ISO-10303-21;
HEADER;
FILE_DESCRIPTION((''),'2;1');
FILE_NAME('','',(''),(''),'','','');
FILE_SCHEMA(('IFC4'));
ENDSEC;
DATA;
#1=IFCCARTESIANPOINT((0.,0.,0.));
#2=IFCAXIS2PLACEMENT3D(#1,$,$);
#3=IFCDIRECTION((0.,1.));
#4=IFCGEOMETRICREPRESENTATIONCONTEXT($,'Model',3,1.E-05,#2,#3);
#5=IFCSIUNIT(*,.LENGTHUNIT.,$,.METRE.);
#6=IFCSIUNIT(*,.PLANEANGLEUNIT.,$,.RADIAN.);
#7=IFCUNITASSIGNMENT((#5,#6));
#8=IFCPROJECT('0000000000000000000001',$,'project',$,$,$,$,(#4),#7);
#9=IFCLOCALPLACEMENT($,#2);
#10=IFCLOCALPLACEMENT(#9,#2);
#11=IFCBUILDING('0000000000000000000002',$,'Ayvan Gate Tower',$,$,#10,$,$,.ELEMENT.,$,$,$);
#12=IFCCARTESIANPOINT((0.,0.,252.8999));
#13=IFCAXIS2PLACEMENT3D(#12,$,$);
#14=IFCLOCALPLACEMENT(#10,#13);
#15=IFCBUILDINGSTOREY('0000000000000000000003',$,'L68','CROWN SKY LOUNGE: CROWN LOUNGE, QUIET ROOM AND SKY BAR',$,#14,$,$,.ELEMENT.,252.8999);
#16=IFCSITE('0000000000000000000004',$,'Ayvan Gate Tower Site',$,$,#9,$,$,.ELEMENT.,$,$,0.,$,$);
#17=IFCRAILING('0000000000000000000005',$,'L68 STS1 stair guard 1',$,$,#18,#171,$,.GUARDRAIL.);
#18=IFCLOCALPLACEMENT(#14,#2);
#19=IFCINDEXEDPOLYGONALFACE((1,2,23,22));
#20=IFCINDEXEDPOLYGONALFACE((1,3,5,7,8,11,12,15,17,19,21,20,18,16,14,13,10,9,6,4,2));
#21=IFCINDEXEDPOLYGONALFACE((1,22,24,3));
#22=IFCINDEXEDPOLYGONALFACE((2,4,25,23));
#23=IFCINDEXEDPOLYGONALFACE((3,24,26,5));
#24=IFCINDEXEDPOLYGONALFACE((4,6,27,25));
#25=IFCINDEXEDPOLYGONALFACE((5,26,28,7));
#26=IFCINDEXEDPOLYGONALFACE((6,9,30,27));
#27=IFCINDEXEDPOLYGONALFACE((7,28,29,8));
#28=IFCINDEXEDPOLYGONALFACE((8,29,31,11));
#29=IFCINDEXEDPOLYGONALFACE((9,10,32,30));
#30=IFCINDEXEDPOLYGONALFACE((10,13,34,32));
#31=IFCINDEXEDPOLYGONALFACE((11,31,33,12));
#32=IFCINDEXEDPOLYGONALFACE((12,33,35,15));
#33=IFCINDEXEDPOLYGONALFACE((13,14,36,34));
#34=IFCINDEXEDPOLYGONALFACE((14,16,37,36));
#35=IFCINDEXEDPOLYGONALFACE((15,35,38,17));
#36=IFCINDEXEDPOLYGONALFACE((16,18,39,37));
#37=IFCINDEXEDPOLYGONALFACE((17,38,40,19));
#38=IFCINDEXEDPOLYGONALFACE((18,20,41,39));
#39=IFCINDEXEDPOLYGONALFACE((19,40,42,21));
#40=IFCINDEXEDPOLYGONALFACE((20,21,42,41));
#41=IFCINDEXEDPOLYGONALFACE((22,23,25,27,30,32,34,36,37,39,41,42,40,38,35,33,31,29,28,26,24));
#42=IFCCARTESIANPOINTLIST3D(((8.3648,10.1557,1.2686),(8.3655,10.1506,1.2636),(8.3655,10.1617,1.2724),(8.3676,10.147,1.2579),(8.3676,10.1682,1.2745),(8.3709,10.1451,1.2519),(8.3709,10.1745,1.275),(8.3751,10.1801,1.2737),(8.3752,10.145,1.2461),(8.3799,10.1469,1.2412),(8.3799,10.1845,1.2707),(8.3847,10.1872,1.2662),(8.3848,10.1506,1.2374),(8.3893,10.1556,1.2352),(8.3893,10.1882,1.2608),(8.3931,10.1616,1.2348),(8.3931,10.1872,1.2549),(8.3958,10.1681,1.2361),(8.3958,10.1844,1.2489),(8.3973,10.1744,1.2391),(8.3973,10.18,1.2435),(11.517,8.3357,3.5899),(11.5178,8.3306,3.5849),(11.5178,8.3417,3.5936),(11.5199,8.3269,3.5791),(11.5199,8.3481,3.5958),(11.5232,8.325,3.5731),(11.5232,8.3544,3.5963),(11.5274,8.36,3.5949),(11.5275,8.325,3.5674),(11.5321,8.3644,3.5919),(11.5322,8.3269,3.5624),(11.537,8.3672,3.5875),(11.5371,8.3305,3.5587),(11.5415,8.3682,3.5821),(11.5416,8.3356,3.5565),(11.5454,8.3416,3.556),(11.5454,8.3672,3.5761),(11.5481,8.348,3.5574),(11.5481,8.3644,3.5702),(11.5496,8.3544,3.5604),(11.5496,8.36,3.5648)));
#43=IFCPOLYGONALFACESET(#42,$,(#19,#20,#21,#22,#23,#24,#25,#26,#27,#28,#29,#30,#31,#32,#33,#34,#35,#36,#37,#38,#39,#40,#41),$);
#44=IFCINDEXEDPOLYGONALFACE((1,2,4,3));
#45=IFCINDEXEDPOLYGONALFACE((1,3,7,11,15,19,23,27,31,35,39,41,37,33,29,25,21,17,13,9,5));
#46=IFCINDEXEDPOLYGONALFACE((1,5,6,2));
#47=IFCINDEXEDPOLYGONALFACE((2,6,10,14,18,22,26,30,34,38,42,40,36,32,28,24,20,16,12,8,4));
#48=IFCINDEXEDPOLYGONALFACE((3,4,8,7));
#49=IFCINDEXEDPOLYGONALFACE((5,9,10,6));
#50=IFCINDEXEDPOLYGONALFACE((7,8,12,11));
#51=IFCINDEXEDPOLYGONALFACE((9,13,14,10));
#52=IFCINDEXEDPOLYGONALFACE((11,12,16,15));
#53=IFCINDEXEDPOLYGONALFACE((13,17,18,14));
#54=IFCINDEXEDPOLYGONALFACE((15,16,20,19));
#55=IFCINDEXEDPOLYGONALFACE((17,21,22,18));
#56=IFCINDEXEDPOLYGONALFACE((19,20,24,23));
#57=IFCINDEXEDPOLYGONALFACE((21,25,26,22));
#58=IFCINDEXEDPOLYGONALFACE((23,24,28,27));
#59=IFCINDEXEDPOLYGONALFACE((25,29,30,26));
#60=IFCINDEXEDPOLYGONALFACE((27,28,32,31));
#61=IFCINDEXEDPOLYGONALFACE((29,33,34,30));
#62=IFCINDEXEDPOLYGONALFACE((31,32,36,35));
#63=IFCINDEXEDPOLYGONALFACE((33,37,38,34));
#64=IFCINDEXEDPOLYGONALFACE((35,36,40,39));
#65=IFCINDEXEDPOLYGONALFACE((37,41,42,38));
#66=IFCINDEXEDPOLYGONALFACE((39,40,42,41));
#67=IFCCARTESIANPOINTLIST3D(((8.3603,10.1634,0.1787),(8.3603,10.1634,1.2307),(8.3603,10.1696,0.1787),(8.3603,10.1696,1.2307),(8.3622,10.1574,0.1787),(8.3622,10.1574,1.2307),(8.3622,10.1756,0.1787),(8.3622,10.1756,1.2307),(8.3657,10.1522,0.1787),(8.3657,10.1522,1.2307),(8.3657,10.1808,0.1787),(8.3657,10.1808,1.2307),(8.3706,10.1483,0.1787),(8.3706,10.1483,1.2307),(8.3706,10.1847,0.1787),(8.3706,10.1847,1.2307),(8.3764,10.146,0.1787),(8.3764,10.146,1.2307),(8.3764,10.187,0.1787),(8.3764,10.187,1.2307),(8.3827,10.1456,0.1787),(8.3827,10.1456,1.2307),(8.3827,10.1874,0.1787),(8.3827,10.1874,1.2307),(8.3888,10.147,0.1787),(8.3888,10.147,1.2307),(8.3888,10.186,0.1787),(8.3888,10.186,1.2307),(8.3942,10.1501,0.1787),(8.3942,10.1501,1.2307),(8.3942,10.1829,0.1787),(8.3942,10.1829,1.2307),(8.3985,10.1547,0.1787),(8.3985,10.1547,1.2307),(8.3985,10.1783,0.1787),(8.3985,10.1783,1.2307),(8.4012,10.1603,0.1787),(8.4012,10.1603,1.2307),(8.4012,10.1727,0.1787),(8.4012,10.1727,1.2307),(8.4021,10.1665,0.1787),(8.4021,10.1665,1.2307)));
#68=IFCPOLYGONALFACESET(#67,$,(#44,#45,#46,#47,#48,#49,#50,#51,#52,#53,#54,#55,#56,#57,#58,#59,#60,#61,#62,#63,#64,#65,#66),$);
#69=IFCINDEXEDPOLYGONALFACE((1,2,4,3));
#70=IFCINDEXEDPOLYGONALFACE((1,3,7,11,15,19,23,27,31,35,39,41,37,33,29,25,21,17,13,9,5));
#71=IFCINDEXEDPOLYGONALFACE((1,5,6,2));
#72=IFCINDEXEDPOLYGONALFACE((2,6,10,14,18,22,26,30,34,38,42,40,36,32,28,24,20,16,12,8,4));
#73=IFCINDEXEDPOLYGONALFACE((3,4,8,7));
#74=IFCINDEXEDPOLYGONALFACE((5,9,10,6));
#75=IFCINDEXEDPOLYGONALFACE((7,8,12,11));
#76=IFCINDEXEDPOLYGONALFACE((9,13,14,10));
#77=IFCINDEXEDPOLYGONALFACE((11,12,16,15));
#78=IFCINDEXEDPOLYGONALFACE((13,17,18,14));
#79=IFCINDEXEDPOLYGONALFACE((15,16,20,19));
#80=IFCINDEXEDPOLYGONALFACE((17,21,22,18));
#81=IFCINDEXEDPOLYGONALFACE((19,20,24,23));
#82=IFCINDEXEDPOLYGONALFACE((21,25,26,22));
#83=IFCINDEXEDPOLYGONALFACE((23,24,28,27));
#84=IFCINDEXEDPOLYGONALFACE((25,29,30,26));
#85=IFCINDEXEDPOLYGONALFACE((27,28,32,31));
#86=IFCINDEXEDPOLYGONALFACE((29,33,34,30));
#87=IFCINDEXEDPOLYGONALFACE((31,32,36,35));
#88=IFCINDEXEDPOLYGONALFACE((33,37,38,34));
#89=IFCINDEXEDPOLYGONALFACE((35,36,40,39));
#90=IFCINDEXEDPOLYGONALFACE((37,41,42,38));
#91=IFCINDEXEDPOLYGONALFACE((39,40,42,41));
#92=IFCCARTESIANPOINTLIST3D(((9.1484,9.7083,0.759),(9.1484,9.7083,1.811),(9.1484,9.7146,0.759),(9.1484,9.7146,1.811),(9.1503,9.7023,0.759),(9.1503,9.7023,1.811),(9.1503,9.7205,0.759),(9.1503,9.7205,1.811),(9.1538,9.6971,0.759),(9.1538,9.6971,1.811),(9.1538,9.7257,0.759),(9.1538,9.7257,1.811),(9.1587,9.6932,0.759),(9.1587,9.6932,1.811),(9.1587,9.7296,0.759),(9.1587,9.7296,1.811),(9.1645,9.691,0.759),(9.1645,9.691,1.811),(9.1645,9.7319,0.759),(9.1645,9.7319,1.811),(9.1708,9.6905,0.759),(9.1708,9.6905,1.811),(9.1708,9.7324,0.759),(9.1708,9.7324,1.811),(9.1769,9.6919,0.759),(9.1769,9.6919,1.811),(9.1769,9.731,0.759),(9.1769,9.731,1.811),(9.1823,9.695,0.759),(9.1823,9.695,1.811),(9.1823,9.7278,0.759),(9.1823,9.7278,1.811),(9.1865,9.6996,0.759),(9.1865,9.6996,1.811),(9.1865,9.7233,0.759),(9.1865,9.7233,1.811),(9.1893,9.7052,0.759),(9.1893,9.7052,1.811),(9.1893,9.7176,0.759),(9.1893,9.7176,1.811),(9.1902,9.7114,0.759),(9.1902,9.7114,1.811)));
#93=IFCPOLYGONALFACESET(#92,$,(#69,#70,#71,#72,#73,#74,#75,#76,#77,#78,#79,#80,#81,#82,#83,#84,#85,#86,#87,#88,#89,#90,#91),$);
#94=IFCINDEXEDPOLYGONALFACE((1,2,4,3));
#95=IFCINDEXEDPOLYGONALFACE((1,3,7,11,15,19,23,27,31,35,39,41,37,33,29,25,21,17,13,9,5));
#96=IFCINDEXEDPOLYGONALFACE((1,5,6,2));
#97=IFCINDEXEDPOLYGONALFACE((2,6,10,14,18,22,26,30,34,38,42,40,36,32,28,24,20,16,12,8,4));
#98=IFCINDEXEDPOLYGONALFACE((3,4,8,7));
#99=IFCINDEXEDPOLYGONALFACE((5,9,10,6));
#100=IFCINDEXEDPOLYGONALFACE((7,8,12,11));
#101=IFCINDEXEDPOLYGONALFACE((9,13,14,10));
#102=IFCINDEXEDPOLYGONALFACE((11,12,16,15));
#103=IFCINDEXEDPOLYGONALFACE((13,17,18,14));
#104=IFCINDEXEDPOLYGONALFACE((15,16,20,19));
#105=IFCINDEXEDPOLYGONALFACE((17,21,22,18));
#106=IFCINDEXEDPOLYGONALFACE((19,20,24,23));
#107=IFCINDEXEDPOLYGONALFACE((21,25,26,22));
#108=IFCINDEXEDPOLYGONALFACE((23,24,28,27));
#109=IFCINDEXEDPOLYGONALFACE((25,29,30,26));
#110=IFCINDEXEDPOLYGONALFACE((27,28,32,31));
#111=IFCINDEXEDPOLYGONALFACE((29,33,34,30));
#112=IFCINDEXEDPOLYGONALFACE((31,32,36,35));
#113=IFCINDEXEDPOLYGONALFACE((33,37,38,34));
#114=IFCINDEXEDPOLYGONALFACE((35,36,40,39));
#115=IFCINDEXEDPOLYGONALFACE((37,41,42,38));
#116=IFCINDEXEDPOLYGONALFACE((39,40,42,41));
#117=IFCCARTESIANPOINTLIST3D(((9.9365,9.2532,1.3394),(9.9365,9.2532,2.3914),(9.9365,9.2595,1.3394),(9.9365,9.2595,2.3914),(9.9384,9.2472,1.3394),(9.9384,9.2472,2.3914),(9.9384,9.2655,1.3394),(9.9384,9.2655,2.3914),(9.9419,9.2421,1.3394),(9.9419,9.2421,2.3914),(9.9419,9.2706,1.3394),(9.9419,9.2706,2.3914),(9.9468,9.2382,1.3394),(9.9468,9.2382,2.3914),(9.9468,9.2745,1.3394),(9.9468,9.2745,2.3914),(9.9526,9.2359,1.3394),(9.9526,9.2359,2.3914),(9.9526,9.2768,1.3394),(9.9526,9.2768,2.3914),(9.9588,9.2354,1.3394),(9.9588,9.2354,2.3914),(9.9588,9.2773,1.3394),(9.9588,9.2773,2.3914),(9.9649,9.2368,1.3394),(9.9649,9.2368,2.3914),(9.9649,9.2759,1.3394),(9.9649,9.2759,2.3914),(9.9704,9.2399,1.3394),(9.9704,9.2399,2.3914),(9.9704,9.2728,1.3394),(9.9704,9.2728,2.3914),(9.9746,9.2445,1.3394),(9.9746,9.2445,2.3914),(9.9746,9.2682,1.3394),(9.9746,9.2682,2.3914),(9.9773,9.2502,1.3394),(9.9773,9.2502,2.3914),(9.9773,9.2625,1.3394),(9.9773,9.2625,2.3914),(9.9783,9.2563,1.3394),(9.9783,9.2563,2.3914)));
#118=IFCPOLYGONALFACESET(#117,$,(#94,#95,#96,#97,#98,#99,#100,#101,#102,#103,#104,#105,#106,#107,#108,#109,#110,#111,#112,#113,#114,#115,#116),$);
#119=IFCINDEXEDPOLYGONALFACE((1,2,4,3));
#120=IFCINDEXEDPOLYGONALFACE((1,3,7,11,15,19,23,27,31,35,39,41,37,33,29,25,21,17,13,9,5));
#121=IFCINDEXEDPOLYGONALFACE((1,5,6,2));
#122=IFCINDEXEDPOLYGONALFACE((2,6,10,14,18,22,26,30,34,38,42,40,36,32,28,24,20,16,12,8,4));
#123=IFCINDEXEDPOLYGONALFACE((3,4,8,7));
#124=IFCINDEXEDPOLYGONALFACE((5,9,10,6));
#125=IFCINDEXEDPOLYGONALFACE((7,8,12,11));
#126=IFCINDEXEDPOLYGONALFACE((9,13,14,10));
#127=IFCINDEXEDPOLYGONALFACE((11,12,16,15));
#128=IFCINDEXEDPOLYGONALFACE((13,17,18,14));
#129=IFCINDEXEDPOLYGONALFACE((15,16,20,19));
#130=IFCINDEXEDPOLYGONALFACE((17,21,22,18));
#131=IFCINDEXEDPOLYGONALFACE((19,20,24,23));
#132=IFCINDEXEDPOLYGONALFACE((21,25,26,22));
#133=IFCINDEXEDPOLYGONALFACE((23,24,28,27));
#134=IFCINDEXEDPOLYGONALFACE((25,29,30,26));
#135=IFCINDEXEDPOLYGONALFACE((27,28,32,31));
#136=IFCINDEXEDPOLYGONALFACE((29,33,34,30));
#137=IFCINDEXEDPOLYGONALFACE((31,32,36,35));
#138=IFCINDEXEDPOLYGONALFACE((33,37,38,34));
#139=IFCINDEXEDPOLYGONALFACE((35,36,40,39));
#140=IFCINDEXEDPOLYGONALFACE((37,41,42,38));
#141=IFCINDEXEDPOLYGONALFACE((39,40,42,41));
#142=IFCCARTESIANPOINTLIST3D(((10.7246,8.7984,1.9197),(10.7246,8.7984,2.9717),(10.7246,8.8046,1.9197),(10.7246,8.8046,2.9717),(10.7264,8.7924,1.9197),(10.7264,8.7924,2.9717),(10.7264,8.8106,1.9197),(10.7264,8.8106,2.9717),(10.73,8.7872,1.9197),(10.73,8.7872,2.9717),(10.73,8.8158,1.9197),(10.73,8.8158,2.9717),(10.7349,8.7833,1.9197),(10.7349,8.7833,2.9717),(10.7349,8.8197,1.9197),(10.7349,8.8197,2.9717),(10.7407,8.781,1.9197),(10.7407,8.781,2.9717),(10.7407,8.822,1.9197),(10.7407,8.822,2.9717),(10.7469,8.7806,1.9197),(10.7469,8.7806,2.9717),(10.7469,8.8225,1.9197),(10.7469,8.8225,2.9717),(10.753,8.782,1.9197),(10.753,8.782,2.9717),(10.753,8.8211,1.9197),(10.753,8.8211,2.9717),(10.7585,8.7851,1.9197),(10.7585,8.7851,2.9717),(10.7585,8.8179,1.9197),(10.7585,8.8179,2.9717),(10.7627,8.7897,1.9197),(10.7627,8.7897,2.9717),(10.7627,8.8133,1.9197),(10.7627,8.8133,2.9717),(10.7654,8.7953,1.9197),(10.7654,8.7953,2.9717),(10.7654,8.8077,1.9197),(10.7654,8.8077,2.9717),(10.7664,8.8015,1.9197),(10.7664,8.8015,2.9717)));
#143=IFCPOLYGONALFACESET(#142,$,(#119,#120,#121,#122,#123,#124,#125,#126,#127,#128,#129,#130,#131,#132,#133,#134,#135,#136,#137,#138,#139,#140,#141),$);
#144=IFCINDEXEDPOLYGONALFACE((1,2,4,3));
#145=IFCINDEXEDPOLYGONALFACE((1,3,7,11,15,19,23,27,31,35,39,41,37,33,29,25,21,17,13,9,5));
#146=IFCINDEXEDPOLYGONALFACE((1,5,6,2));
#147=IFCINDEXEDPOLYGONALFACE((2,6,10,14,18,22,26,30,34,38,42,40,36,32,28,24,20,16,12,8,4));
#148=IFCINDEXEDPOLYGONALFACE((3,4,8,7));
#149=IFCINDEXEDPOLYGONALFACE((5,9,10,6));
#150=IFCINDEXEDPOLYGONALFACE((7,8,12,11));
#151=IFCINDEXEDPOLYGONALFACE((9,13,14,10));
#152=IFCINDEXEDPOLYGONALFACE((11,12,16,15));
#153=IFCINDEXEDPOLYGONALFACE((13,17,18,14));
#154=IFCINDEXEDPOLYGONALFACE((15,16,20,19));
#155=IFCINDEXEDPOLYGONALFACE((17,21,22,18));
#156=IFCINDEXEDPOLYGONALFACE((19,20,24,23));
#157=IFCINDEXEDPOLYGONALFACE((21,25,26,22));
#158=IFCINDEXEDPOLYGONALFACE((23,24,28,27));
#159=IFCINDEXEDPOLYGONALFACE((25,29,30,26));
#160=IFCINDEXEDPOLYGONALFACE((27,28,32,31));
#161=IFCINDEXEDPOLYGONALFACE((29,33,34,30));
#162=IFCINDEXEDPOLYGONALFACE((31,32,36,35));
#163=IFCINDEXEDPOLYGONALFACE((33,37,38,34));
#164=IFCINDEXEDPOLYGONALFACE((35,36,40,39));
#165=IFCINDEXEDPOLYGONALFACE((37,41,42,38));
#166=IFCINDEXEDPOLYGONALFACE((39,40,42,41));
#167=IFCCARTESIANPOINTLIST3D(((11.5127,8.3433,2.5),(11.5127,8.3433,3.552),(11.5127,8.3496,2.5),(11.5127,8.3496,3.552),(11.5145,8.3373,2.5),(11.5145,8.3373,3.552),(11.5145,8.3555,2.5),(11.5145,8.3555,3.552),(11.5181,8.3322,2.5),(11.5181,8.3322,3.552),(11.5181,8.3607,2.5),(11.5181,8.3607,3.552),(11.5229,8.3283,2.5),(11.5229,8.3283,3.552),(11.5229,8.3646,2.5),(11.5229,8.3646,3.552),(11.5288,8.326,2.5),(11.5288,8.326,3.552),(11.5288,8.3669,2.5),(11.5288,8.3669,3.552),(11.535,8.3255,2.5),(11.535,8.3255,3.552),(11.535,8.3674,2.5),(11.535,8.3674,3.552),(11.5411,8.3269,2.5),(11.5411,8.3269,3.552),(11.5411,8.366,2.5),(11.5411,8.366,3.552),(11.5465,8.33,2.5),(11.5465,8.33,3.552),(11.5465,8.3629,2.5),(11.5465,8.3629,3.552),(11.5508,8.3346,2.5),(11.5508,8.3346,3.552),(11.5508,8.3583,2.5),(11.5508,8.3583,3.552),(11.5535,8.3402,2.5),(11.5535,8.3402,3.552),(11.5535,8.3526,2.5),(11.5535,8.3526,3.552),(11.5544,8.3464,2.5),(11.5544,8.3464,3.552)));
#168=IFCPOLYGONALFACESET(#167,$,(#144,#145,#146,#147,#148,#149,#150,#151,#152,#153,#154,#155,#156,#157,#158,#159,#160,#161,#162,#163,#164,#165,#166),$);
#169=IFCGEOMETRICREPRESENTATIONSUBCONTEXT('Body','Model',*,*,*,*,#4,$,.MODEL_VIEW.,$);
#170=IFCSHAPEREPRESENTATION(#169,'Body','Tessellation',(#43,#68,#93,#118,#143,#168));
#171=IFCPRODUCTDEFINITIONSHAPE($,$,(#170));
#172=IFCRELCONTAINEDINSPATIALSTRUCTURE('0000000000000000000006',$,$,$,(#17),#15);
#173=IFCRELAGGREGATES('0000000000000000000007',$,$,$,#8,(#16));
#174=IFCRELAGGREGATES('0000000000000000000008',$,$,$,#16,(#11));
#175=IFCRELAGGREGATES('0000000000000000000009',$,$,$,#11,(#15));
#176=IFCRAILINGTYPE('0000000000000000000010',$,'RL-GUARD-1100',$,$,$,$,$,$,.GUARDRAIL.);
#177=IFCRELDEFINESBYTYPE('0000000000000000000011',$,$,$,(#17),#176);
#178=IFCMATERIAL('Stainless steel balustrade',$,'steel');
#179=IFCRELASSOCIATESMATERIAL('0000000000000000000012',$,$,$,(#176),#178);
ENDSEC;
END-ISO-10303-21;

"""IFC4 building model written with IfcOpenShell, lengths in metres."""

from ifc_helpers import new_model, si_unit, direction, frame, origin, origin_2d, place, context, subcontext, project, spatial, circle, extrude, material, type_object, element, save


model = new_model("IFC4")

# Units and contexts
model_context = context("Model", 3, precision=1e-05, world=origin(), true_north=direction((0.0, 1.0)))
body_context = subcontext(model_context, "Body", "Model", "MODEL_VIEW")
ifc_project = project(units=[si_unit("LENGTHUNIT", "METRE"), si_unit("PLANEANGLEUNIT", "RADIAN")], contexts=[model_context])

# Site, building, storey
site_placement = place(None, origin())
site = spatial("IfcSite", under=ifc_project, at=site_placement, Name="Ayvan Gate Tower Site", CompositionType="ELEMENT", RefElevation=0.0)
building_placement = place(site_placement, origin())
building = spatial("IfcBuilding", under=site, at=building_placement, Name="Ayvan Gate Tower", CompositionType="ELEMENT")
storey_placement = place(building_placement, frame((0.0, 0.0, 252.8999)))
storey = spatial("IfcBuildingStorey", under=building, at=storey_placement, Name="L68", Description="CROWN SKY LOUNGE: CROWN LOUNGE, QUIET ROOM AND SKY BAR", CompositionType="ELEMENT", Elevation=252.8999)

# Railing
ifc_material_1 = material(Name="Stainless steel balustrade", Category="steel")
railing_type_1 = type_object("IfcRailingType", Name="RL-GUARD-1100", PredefinedType="GUARDRAIL", material=ifc_material_1)
railing_1_placement = place(storey_placement, frame((8.3811, 10.1665, 0.1787)))
element("IfcRailing", 1, at=railing_1_placement, inside=storey, type_object=railing_type_1, Name="L68 STS1 stair guard 1", PredefinedType="GUARDRAIL", context=body_context, shape_type="SweptSolid", body=[
    extrude(circle(Radius=0.0239, at=origin_2d()), frame((0.0, 0.0, 1.0762), z_axis=(0.730181, -0.421584, 0.537683), x_axis=(0.500013, 0.866018, 0.0)), (0.0, 0.0, 1.0), 4.3171),
    extrude(circle(Radius=0.021, at=origin_2d()), origin(), (0.0, 0.0, 1.0), 1.052),
    extrude(circle(Radius=0.021, at=origin_2d()), frame((0.7881, -0.4551, 0.5803)), (0.0, 0.0, 1.0), 1.052),
    extrude(circle(Radius=0.021, at=origin_2d()), frame((1.5762, -0.9102, 1.1606)), (0.0, 0.0, 1.0), 1.052),
    extrude(circle(Radius=0.021, at=origin_2d()), frame((2.3643, -1.365, 1.741)), (0.0, 0.0, 1.0), 1.052),
    extrude(circle(Radius=0.021, at=origin_2d()), frame((3.1523, -1.8201, 2.3213)), (0.0, 0.0, 1.0), 1.052),
])

save(model, "model.ifc")
